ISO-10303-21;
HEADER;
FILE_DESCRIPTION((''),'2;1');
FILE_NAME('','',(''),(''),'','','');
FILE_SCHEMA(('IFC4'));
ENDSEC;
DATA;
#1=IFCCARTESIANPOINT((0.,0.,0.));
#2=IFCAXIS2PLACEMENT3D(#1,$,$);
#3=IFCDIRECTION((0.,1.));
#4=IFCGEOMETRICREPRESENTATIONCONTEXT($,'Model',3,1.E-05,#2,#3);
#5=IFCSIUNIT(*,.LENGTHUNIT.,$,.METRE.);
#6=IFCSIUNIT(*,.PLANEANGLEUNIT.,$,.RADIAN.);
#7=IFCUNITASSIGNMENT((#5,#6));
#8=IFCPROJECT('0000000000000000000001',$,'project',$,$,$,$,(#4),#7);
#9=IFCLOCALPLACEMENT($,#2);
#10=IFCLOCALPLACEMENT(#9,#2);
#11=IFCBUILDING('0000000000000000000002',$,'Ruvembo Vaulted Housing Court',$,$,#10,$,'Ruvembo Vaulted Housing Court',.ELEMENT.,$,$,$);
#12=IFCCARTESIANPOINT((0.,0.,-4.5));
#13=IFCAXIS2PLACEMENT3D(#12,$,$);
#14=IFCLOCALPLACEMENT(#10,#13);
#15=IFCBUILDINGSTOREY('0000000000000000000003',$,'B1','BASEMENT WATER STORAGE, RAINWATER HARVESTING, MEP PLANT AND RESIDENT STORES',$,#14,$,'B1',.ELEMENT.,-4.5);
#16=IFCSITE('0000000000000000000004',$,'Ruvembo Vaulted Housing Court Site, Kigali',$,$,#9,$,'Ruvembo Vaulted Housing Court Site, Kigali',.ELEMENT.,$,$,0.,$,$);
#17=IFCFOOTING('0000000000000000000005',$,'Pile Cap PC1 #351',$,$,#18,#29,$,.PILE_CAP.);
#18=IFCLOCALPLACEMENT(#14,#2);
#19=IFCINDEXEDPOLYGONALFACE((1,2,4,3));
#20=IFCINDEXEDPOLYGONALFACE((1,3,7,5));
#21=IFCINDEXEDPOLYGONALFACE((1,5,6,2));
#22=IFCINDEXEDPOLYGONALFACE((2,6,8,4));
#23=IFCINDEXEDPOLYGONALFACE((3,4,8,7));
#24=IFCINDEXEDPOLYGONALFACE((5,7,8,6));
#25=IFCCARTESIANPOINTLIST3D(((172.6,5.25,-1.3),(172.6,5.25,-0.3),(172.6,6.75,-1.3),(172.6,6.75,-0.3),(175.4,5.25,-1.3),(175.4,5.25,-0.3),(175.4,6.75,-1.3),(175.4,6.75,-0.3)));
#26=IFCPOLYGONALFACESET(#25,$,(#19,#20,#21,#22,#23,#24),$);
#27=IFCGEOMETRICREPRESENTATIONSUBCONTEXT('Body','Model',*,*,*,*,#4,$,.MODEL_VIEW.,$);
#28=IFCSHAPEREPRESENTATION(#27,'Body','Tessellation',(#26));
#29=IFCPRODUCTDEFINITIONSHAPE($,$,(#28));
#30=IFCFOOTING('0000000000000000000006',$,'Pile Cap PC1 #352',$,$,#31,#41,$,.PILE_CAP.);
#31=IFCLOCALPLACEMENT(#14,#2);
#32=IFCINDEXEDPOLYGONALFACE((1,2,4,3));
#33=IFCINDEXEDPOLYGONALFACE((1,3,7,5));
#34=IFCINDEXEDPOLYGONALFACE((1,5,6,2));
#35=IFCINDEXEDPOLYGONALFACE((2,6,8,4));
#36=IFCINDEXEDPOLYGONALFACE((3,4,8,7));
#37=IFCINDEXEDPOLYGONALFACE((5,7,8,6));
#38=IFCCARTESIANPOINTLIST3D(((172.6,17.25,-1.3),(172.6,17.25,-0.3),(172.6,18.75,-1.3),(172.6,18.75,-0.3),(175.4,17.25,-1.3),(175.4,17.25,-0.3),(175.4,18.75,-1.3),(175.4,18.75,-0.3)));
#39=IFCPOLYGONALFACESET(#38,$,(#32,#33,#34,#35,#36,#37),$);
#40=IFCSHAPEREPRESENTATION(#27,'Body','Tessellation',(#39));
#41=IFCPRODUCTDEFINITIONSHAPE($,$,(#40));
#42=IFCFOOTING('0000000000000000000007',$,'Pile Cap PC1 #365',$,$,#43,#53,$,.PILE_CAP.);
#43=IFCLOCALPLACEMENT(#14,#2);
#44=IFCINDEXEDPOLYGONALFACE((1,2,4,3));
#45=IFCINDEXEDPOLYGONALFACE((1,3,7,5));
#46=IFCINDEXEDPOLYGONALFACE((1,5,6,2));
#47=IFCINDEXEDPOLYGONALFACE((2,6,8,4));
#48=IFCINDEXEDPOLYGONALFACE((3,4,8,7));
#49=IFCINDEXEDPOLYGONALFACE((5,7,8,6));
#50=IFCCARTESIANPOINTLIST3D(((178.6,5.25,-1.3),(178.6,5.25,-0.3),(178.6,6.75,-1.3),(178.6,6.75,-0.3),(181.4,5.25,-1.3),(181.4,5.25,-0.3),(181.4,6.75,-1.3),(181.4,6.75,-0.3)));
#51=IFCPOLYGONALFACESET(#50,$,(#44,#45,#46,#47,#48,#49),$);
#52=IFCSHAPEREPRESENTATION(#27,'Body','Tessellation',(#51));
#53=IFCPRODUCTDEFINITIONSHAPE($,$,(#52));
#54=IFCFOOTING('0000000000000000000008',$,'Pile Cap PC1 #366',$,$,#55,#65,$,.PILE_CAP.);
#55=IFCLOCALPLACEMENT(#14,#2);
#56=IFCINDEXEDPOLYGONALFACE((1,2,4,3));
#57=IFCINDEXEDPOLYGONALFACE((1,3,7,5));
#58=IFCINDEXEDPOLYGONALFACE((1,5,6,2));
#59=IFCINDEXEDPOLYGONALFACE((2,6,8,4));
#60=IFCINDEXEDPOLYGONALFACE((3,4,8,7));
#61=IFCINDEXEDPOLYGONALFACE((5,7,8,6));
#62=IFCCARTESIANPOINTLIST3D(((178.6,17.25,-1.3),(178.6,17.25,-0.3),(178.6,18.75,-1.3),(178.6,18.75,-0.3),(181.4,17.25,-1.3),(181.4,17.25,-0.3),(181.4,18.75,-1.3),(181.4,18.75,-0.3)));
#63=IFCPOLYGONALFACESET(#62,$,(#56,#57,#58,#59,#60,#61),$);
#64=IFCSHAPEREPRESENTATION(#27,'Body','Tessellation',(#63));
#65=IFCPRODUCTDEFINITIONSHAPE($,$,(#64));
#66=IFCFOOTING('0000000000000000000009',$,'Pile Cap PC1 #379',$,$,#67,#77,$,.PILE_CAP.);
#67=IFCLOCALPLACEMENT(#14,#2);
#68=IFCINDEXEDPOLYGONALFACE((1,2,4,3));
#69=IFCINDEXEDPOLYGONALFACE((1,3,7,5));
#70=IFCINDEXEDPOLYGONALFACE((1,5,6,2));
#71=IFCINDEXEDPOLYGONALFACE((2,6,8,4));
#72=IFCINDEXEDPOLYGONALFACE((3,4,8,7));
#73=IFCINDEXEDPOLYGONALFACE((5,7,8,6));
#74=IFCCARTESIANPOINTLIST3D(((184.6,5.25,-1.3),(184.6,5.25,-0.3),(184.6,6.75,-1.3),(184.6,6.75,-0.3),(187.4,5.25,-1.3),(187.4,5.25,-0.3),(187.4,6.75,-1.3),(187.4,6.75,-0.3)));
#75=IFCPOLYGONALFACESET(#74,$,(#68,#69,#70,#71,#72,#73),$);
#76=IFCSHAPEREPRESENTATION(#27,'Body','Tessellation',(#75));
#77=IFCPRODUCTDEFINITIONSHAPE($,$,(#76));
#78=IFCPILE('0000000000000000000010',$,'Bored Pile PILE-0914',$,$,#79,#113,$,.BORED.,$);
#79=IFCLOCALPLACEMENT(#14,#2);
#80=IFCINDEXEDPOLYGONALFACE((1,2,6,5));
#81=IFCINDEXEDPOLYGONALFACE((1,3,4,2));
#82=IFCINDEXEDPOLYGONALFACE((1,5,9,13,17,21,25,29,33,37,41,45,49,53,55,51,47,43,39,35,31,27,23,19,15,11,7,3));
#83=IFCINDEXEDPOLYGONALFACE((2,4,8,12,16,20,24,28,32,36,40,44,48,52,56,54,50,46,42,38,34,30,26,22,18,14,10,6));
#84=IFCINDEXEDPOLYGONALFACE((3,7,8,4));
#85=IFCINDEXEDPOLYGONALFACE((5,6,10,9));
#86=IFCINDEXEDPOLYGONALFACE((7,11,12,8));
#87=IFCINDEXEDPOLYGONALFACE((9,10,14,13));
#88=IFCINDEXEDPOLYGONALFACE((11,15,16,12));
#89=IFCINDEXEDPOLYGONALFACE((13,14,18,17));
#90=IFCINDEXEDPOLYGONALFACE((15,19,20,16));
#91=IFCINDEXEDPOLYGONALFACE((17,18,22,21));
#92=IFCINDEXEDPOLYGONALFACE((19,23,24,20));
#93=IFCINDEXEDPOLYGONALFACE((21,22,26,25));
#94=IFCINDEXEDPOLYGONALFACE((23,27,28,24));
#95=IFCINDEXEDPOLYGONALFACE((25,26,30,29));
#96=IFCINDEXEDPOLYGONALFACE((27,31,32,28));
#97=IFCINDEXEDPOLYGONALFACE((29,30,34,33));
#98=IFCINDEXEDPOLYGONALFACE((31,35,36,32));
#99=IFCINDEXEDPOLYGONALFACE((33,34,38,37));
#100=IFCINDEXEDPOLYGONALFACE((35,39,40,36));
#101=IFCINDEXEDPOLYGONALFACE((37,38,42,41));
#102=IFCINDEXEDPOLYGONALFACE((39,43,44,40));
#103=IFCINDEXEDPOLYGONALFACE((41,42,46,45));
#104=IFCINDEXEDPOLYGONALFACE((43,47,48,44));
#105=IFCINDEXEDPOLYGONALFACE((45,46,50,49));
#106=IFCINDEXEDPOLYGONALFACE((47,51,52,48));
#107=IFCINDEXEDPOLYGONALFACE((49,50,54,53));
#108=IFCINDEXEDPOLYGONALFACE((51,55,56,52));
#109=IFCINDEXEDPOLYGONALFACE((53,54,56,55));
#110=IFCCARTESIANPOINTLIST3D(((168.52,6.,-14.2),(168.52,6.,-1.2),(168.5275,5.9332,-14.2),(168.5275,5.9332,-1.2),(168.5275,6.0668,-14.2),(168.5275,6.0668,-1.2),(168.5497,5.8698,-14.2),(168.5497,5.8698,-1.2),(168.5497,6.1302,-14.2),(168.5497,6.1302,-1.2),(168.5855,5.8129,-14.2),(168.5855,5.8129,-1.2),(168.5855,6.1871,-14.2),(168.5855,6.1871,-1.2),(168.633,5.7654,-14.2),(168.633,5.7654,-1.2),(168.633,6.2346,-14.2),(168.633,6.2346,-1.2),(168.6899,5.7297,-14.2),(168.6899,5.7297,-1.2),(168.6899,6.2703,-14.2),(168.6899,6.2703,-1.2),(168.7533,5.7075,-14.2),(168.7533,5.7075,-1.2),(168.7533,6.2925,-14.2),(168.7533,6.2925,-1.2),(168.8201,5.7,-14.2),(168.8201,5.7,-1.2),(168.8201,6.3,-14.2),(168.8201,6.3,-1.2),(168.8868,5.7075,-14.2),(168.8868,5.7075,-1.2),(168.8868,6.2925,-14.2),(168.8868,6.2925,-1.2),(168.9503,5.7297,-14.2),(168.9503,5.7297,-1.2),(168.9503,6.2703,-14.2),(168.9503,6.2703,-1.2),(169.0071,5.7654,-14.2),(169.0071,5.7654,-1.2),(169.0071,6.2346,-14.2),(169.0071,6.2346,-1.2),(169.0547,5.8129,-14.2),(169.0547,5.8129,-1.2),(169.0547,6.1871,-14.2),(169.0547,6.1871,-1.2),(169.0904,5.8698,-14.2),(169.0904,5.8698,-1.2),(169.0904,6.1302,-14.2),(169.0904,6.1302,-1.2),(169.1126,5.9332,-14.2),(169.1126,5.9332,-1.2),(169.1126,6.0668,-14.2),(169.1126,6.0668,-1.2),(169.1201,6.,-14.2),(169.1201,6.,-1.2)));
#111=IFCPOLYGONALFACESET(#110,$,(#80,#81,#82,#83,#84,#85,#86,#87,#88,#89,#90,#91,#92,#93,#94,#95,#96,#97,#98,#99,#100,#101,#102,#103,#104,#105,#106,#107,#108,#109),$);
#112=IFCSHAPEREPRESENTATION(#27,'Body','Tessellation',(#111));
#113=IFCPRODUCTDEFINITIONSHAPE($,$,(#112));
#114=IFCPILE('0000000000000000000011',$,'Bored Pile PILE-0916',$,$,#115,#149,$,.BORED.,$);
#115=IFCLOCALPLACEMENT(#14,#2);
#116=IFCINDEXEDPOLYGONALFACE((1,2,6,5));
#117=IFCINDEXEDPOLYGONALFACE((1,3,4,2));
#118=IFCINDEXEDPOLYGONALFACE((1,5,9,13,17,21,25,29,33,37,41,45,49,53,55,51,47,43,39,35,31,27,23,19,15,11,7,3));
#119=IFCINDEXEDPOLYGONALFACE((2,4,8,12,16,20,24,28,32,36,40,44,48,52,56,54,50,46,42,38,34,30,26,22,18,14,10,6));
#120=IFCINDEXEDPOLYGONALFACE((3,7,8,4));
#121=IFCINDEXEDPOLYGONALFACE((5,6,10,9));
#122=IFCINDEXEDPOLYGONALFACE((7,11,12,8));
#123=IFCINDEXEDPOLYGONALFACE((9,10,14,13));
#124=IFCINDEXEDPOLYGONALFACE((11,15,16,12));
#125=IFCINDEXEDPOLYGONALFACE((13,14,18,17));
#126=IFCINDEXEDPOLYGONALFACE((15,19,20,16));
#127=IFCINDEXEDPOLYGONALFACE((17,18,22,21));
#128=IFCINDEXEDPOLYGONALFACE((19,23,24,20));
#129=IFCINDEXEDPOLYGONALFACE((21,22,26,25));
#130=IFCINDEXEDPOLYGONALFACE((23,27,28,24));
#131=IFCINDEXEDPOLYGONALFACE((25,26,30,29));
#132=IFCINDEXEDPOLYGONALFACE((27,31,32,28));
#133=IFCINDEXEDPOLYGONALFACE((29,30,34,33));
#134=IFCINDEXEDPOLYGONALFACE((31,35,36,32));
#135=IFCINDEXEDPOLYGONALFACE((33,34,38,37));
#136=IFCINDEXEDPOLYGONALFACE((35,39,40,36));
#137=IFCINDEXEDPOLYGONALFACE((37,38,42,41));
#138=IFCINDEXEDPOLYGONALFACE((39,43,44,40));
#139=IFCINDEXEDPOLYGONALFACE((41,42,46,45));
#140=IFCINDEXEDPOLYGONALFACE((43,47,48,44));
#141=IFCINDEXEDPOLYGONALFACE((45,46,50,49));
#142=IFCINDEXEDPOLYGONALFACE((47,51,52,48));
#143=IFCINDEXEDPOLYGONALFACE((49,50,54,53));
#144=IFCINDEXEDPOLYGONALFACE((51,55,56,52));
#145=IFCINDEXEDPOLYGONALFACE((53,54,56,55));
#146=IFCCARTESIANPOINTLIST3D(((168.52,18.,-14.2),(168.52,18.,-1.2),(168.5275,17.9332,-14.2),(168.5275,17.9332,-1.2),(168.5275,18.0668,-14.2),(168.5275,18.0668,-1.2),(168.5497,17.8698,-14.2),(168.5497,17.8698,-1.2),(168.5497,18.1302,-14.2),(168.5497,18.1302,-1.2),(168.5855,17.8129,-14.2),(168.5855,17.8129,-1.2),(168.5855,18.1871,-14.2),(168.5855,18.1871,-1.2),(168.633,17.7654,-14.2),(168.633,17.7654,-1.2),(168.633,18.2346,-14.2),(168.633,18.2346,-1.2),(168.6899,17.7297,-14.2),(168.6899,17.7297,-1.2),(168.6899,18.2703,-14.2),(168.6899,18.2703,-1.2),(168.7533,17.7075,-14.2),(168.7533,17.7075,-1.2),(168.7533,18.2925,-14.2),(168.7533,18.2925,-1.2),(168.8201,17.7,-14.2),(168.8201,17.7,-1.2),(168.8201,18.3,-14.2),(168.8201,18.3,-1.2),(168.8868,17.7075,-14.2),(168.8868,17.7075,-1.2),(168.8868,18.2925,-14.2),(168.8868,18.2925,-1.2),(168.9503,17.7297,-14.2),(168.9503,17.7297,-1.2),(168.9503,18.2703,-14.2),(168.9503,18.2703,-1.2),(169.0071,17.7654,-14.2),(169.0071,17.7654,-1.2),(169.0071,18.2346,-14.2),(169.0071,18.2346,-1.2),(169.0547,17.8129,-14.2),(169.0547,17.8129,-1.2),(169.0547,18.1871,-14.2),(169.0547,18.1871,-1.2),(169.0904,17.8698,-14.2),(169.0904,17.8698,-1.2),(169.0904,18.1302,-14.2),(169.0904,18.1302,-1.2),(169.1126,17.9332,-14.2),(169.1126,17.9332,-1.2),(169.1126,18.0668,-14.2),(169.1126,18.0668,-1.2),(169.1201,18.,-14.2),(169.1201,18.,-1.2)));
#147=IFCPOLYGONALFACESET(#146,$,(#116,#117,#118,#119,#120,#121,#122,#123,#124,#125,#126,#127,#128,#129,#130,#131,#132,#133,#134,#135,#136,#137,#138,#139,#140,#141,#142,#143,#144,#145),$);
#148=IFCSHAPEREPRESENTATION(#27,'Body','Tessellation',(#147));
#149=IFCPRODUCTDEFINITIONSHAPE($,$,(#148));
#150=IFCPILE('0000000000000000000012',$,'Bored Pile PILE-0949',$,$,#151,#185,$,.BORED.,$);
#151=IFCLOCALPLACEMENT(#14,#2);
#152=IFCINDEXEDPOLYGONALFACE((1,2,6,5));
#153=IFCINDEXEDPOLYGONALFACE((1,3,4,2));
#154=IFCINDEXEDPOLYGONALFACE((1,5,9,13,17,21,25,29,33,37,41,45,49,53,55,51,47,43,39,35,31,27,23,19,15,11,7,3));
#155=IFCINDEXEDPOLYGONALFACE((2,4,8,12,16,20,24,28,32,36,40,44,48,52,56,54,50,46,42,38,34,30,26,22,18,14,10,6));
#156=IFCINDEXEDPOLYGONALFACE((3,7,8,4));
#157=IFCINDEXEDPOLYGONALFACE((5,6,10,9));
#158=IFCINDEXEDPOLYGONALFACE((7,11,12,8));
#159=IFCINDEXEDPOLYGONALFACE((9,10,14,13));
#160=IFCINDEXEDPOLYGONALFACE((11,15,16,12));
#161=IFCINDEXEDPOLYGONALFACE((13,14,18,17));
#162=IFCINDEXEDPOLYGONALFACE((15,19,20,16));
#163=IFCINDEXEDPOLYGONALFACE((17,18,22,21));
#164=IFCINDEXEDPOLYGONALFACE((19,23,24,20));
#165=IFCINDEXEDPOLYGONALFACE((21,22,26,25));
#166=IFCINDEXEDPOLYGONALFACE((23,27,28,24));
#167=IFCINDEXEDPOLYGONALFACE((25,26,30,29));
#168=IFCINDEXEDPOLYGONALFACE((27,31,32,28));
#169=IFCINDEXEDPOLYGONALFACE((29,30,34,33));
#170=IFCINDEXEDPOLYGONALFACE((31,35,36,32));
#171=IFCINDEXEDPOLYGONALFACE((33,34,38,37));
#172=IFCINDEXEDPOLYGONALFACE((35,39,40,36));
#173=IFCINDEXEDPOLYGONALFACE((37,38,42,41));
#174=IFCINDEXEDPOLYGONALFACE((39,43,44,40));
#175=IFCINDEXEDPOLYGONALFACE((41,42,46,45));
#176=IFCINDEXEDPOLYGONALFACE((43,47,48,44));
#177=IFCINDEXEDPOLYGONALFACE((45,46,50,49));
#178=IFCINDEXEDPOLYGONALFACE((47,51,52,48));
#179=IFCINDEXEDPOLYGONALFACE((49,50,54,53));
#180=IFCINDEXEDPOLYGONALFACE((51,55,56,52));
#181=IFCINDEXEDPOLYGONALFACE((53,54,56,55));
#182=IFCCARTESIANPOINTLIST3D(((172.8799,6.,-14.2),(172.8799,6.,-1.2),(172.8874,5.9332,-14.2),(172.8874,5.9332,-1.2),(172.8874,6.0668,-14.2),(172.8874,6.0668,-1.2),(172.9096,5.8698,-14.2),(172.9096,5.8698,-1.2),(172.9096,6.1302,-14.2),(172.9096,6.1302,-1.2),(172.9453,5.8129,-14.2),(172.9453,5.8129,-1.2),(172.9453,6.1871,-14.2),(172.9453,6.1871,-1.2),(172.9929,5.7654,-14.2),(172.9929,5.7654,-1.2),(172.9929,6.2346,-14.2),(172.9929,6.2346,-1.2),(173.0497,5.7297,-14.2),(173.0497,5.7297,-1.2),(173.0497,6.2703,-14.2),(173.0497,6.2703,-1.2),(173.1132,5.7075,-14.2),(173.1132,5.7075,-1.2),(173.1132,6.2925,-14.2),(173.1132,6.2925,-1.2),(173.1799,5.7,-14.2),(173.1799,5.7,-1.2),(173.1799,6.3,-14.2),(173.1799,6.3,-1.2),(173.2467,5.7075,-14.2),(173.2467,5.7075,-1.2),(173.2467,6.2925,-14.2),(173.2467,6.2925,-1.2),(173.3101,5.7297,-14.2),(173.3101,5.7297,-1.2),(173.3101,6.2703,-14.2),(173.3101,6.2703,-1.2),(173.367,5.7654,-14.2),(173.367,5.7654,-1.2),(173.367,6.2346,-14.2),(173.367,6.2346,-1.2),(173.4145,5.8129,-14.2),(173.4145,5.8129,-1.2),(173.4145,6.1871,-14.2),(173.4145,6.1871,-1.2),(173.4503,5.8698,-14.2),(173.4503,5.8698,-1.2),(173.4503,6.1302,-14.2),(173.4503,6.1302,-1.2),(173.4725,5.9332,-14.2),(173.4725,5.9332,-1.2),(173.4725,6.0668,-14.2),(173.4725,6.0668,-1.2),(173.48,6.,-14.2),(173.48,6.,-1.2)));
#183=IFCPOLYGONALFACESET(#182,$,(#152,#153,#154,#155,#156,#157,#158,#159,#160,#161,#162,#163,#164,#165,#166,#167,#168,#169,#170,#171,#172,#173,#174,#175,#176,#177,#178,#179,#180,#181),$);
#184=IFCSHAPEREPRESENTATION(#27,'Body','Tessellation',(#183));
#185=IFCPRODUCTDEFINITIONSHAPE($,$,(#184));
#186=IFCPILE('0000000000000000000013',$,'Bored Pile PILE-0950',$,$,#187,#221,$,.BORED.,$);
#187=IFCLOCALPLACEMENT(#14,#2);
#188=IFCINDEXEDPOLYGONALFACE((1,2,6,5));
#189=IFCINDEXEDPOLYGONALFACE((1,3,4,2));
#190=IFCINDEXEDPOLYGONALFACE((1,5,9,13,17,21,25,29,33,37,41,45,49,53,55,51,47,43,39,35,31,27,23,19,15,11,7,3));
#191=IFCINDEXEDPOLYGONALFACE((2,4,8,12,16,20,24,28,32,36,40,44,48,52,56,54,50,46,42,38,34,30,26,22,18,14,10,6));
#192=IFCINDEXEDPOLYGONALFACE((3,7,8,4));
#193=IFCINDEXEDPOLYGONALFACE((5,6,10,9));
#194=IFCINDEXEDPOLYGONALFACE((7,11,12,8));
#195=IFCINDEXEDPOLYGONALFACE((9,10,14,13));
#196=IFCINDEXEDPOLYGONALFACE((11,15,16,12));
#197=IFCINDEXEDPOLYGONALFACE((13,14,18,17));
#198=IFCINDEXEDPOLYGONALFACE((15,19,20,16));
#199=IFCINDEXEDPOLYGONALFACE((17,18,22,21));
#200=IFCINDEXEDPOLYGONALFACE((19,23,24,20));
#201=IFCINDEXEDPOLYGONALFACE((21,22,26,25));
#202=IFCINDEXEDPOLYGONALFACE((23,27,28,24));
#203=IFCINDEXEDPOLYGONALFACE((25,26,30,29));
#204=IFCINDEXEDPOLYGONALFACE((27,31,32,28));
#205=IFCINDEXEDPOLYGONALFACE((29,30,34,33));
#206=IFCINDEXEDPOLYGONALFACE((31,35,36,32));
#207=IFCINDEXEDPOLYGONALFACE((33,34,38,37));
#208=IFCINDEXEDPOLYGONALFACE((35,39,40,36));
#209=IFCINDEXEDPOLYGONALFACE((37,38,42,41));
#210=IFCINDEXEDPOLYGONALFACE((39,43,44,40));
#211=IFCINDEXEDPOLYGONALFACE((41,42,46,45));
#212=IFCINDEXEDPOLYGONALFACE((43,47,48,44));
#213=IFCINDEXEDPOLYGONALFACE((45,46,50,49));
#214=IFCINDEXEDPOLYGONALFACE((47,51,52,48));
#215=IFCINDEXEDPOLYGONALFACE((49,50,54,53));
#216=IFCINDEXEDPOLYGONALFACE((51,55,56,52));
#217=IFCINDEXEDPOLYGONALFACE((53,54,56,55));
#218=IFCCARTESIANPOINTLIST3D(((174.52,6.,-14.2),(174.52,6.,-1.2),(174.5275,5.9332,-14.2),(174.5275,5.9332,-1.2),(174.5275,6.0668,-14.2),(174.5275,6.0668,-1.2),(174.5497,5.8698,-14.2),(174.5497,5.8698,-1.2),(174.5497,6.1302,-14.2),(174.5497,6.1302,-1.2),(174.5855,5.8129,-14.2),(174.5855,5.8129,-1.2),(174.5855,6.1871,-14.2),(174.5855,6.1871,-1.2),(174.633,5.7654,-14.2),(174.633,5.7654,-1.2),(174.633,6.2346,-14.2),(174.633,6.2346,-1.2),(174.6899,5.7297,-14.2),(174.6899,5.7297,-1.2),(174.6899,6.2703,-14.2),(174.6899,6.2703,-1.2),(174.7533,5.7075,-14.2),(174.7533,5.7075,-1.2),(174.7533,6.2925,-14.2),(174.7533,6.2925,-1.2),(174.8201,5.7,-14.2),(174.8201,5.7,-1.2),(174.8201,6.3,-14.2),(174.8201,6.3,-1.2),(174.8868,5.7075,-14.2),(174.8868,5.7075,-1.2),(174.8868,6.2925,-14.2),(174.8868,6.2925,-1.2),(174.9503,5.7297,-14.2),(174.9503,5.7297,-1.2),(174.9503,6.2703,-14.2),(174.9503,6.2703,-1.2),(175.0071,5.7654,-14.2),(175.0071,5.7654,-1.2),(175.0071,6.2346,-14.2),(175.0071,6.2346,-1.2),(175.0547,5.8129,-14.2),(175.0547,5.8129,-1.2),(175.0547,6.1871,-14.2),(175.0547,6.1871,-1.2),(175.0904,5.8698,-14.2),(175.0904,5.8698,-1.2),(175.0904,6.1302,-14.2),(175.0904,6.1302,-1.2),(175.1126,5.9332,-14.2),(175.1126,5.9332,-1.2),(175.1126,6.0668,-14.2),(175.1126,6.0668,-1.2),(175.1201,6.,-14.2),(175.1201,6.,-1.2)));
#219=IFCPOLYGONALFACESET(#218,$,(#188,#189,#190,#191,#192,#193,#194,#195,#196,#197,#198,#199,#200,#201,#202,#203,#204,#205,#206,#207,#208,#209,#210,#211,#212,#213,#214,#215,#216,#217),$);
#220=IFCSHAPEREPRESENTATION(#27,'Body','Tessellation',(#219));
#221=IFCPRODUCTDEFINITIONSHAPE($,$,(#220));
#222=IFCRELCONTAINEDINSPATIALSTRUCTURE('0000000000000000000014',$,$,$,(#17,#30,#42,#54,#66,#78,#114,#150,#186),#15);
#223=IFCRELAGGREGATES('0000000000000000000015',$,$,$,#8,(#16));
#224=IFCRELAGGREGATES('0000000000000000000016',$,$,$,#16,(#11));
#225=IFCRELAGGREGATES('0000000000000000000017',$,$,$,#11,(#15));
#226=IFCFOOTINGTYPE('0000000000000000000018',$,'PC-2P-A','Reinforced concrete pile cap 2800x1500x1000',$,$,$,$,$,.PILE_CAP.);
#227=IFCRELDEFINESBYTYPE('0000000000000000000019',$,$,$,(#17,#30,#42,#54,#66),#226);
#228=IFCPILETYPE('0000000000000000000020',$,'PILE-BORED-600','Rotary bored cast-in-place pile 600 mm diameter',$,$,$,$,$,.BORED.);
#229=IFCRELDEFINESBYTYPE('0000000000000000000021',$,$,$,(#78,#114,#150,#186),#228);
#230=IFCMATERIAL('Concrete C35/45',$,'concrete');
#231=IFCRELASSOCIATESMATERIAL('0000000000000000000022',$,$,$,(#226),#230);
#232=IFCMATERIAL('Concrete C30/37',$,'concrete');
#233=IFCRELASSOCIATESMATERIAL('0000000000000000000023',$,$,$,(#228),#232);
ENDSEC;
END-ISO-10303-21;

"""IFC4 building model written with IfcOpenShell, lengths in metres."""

from ifc_helpers import new_model, si_unit, direction, frame, origin, origin_2d, place, context, subcontext, project, spatial, rectangle, circle, extrude, material, material_profile, profile_set, type_object, element, save


model = new_model("IFC4")

# Units and contexts
model_context = context("Model", 3, precision=1e-05, world=origin(), true_north=direction((0.0, 1.0)))
body_context = subcontext(model_context, "Body", "Model", "MODEL_VIEW")
ifc_project = project(units=[si_unit("LENGTHUNIT", "METRE"), si_unit("PLANEANGLEUNIT", "RADIAN")], contexts=[model_context])

# Site, building, storey
site_placement = place(None, origin())
site = spatial("IfcSite", under=ifc_project, at=site_placement, Name="Ruvembo Vaulted Housing Court Site, Kigali", LongName="Ruvembo Vaulted Housing Court Site, Kigali", CompositionType="ELEMENT", RefElevation=0.0)
building_placement = place(site_placement, origin())
building = spatial("IfcBuilding", under=site, at=building_placement, Name="Ruvembo Vaulted Housing Court", LongName="Ruvembo Vaulted Housing Court", CompositionType="ELEMENT")
storey_placement = place(building_placement, frame((0.0, 0.0, -4.5)))
storey = spatial("IfcBuildingStorey", under=building, at=storey_placement, Name="B1", Description="BASEMENT WATER STORAGE, RAINWATER HARVESTING, MEP PLANT AND RESIDENT STORES", LongName="B1", CompositionType="ELEMENT", Elevation=-4.5)

# Footings
ifc_material_1 = material(Name="Concrete C35/45", Category="concrete")
footing_type = type_object("IfcFootingType", Name="PC-2P-A", Description="Reinforced concrete pile cap 2800x1500x1000", PredefinedType="PILE_CAP", material=ifc_material_1)
for number, where, z_axis, x_axis, name in (
    (1, (174.0, 6.0, -1.3), (0.0, 0.0, 1.0), (1.0, 0.0, 0.0), "Pile Cap PC1 #351"),
    (2, (174.0, 18.0, -1.3), (0.0, 0.0, 1.0), (1.0, 0.0, 0.0), "Pile Cap PC1 #352"),
    (3, (180.0, 6.0, -1.3), (0.0, 0.0, 1.0), (1.0, 0.0, 0.0), "Pile Cap PC1 #365"),
    (4, (180.0, 18.0, -1.3), (0.0, 0.0, 1.0), (1.0, 0.0, 0.0), "Pile Cap PC1 #366"),
    (5, (186.0, 6.0, -1.3), (0.0, 0.0, 1.0), (1.0, 0.0, 0.0), "Pile Cap PC1 #379"),
):
    element("IfcFooting", number, at=place(storey_placement, frame(where, z_axis=z_axis, x_axis=x_axis)), inside=storey, type_object=footing_type, Name=name, PredefinedType="PILE_CAP", context=body_context, shape_type="SweptSolid", body=[
        extrude(rectangle(XDim=2.8, YDim=1.5, at=origin_2d()), origin(), (0.0, 0.0, 1.0), 1.0),
    ])

# Piles
ifc_material_2 = material(Name="Concrete C30/37", Category="concrete")
ifc_material_profile_1 = material_profile(ifc_material_2, circle(Radius=0.3, at=origin_2d()), Name="PILE D600")
ifc_profile_set_1 = profile_set([ifc_material_profile_1], Name="Concrete C30/37")
pile_type = type_object("IfcPileType", Name="PILE-BORED-600", Description="Rotary bored cast-in-place pile 600 mm diameter", PredefinedType="BORED", material=ifc_profile_set_1)
for number, where, z_axis, x_axis, name in (
    (6, (168.8201, 6.0, -1.2), (0.0, 0.0, -1.0), (1.0, 0.0, 0.0), "Bored Pile PILE-0914"),
    (7, (168.8201, 18.0, -1.2), (0.0, 0.0, -1.0), (1.0, 0.0, 0.0), "Bored Pile PILE-0916"),
    (8, (173.1799, 6.0, -1.2), (0.0, 0.0, -1.0), (1.0, 0.0, 0.0), "Bored Pile PILE-0949"),
    (9, (174.8201, 6.0, -1.2), (0.0, 0.0, -1.0), (1.0, 0.0, 0.0), "Bored Pile PILE-0950"),
):
    element("IfcPile", number, at=place(storey_placement, frame(where, z_axis=z_axis, x_axis=x_axis)), inside=storey, type_object=pile_type, Name=name, PredefinedType="BORED", context=body_context, shape_type="SweptSolid", body=[
        extrude(circle(Radius=0.3, at=origin_2d()), origin(), (0.0, 0.0, 1.0), 13.0),
    ])

save(model, "model.ifc")
